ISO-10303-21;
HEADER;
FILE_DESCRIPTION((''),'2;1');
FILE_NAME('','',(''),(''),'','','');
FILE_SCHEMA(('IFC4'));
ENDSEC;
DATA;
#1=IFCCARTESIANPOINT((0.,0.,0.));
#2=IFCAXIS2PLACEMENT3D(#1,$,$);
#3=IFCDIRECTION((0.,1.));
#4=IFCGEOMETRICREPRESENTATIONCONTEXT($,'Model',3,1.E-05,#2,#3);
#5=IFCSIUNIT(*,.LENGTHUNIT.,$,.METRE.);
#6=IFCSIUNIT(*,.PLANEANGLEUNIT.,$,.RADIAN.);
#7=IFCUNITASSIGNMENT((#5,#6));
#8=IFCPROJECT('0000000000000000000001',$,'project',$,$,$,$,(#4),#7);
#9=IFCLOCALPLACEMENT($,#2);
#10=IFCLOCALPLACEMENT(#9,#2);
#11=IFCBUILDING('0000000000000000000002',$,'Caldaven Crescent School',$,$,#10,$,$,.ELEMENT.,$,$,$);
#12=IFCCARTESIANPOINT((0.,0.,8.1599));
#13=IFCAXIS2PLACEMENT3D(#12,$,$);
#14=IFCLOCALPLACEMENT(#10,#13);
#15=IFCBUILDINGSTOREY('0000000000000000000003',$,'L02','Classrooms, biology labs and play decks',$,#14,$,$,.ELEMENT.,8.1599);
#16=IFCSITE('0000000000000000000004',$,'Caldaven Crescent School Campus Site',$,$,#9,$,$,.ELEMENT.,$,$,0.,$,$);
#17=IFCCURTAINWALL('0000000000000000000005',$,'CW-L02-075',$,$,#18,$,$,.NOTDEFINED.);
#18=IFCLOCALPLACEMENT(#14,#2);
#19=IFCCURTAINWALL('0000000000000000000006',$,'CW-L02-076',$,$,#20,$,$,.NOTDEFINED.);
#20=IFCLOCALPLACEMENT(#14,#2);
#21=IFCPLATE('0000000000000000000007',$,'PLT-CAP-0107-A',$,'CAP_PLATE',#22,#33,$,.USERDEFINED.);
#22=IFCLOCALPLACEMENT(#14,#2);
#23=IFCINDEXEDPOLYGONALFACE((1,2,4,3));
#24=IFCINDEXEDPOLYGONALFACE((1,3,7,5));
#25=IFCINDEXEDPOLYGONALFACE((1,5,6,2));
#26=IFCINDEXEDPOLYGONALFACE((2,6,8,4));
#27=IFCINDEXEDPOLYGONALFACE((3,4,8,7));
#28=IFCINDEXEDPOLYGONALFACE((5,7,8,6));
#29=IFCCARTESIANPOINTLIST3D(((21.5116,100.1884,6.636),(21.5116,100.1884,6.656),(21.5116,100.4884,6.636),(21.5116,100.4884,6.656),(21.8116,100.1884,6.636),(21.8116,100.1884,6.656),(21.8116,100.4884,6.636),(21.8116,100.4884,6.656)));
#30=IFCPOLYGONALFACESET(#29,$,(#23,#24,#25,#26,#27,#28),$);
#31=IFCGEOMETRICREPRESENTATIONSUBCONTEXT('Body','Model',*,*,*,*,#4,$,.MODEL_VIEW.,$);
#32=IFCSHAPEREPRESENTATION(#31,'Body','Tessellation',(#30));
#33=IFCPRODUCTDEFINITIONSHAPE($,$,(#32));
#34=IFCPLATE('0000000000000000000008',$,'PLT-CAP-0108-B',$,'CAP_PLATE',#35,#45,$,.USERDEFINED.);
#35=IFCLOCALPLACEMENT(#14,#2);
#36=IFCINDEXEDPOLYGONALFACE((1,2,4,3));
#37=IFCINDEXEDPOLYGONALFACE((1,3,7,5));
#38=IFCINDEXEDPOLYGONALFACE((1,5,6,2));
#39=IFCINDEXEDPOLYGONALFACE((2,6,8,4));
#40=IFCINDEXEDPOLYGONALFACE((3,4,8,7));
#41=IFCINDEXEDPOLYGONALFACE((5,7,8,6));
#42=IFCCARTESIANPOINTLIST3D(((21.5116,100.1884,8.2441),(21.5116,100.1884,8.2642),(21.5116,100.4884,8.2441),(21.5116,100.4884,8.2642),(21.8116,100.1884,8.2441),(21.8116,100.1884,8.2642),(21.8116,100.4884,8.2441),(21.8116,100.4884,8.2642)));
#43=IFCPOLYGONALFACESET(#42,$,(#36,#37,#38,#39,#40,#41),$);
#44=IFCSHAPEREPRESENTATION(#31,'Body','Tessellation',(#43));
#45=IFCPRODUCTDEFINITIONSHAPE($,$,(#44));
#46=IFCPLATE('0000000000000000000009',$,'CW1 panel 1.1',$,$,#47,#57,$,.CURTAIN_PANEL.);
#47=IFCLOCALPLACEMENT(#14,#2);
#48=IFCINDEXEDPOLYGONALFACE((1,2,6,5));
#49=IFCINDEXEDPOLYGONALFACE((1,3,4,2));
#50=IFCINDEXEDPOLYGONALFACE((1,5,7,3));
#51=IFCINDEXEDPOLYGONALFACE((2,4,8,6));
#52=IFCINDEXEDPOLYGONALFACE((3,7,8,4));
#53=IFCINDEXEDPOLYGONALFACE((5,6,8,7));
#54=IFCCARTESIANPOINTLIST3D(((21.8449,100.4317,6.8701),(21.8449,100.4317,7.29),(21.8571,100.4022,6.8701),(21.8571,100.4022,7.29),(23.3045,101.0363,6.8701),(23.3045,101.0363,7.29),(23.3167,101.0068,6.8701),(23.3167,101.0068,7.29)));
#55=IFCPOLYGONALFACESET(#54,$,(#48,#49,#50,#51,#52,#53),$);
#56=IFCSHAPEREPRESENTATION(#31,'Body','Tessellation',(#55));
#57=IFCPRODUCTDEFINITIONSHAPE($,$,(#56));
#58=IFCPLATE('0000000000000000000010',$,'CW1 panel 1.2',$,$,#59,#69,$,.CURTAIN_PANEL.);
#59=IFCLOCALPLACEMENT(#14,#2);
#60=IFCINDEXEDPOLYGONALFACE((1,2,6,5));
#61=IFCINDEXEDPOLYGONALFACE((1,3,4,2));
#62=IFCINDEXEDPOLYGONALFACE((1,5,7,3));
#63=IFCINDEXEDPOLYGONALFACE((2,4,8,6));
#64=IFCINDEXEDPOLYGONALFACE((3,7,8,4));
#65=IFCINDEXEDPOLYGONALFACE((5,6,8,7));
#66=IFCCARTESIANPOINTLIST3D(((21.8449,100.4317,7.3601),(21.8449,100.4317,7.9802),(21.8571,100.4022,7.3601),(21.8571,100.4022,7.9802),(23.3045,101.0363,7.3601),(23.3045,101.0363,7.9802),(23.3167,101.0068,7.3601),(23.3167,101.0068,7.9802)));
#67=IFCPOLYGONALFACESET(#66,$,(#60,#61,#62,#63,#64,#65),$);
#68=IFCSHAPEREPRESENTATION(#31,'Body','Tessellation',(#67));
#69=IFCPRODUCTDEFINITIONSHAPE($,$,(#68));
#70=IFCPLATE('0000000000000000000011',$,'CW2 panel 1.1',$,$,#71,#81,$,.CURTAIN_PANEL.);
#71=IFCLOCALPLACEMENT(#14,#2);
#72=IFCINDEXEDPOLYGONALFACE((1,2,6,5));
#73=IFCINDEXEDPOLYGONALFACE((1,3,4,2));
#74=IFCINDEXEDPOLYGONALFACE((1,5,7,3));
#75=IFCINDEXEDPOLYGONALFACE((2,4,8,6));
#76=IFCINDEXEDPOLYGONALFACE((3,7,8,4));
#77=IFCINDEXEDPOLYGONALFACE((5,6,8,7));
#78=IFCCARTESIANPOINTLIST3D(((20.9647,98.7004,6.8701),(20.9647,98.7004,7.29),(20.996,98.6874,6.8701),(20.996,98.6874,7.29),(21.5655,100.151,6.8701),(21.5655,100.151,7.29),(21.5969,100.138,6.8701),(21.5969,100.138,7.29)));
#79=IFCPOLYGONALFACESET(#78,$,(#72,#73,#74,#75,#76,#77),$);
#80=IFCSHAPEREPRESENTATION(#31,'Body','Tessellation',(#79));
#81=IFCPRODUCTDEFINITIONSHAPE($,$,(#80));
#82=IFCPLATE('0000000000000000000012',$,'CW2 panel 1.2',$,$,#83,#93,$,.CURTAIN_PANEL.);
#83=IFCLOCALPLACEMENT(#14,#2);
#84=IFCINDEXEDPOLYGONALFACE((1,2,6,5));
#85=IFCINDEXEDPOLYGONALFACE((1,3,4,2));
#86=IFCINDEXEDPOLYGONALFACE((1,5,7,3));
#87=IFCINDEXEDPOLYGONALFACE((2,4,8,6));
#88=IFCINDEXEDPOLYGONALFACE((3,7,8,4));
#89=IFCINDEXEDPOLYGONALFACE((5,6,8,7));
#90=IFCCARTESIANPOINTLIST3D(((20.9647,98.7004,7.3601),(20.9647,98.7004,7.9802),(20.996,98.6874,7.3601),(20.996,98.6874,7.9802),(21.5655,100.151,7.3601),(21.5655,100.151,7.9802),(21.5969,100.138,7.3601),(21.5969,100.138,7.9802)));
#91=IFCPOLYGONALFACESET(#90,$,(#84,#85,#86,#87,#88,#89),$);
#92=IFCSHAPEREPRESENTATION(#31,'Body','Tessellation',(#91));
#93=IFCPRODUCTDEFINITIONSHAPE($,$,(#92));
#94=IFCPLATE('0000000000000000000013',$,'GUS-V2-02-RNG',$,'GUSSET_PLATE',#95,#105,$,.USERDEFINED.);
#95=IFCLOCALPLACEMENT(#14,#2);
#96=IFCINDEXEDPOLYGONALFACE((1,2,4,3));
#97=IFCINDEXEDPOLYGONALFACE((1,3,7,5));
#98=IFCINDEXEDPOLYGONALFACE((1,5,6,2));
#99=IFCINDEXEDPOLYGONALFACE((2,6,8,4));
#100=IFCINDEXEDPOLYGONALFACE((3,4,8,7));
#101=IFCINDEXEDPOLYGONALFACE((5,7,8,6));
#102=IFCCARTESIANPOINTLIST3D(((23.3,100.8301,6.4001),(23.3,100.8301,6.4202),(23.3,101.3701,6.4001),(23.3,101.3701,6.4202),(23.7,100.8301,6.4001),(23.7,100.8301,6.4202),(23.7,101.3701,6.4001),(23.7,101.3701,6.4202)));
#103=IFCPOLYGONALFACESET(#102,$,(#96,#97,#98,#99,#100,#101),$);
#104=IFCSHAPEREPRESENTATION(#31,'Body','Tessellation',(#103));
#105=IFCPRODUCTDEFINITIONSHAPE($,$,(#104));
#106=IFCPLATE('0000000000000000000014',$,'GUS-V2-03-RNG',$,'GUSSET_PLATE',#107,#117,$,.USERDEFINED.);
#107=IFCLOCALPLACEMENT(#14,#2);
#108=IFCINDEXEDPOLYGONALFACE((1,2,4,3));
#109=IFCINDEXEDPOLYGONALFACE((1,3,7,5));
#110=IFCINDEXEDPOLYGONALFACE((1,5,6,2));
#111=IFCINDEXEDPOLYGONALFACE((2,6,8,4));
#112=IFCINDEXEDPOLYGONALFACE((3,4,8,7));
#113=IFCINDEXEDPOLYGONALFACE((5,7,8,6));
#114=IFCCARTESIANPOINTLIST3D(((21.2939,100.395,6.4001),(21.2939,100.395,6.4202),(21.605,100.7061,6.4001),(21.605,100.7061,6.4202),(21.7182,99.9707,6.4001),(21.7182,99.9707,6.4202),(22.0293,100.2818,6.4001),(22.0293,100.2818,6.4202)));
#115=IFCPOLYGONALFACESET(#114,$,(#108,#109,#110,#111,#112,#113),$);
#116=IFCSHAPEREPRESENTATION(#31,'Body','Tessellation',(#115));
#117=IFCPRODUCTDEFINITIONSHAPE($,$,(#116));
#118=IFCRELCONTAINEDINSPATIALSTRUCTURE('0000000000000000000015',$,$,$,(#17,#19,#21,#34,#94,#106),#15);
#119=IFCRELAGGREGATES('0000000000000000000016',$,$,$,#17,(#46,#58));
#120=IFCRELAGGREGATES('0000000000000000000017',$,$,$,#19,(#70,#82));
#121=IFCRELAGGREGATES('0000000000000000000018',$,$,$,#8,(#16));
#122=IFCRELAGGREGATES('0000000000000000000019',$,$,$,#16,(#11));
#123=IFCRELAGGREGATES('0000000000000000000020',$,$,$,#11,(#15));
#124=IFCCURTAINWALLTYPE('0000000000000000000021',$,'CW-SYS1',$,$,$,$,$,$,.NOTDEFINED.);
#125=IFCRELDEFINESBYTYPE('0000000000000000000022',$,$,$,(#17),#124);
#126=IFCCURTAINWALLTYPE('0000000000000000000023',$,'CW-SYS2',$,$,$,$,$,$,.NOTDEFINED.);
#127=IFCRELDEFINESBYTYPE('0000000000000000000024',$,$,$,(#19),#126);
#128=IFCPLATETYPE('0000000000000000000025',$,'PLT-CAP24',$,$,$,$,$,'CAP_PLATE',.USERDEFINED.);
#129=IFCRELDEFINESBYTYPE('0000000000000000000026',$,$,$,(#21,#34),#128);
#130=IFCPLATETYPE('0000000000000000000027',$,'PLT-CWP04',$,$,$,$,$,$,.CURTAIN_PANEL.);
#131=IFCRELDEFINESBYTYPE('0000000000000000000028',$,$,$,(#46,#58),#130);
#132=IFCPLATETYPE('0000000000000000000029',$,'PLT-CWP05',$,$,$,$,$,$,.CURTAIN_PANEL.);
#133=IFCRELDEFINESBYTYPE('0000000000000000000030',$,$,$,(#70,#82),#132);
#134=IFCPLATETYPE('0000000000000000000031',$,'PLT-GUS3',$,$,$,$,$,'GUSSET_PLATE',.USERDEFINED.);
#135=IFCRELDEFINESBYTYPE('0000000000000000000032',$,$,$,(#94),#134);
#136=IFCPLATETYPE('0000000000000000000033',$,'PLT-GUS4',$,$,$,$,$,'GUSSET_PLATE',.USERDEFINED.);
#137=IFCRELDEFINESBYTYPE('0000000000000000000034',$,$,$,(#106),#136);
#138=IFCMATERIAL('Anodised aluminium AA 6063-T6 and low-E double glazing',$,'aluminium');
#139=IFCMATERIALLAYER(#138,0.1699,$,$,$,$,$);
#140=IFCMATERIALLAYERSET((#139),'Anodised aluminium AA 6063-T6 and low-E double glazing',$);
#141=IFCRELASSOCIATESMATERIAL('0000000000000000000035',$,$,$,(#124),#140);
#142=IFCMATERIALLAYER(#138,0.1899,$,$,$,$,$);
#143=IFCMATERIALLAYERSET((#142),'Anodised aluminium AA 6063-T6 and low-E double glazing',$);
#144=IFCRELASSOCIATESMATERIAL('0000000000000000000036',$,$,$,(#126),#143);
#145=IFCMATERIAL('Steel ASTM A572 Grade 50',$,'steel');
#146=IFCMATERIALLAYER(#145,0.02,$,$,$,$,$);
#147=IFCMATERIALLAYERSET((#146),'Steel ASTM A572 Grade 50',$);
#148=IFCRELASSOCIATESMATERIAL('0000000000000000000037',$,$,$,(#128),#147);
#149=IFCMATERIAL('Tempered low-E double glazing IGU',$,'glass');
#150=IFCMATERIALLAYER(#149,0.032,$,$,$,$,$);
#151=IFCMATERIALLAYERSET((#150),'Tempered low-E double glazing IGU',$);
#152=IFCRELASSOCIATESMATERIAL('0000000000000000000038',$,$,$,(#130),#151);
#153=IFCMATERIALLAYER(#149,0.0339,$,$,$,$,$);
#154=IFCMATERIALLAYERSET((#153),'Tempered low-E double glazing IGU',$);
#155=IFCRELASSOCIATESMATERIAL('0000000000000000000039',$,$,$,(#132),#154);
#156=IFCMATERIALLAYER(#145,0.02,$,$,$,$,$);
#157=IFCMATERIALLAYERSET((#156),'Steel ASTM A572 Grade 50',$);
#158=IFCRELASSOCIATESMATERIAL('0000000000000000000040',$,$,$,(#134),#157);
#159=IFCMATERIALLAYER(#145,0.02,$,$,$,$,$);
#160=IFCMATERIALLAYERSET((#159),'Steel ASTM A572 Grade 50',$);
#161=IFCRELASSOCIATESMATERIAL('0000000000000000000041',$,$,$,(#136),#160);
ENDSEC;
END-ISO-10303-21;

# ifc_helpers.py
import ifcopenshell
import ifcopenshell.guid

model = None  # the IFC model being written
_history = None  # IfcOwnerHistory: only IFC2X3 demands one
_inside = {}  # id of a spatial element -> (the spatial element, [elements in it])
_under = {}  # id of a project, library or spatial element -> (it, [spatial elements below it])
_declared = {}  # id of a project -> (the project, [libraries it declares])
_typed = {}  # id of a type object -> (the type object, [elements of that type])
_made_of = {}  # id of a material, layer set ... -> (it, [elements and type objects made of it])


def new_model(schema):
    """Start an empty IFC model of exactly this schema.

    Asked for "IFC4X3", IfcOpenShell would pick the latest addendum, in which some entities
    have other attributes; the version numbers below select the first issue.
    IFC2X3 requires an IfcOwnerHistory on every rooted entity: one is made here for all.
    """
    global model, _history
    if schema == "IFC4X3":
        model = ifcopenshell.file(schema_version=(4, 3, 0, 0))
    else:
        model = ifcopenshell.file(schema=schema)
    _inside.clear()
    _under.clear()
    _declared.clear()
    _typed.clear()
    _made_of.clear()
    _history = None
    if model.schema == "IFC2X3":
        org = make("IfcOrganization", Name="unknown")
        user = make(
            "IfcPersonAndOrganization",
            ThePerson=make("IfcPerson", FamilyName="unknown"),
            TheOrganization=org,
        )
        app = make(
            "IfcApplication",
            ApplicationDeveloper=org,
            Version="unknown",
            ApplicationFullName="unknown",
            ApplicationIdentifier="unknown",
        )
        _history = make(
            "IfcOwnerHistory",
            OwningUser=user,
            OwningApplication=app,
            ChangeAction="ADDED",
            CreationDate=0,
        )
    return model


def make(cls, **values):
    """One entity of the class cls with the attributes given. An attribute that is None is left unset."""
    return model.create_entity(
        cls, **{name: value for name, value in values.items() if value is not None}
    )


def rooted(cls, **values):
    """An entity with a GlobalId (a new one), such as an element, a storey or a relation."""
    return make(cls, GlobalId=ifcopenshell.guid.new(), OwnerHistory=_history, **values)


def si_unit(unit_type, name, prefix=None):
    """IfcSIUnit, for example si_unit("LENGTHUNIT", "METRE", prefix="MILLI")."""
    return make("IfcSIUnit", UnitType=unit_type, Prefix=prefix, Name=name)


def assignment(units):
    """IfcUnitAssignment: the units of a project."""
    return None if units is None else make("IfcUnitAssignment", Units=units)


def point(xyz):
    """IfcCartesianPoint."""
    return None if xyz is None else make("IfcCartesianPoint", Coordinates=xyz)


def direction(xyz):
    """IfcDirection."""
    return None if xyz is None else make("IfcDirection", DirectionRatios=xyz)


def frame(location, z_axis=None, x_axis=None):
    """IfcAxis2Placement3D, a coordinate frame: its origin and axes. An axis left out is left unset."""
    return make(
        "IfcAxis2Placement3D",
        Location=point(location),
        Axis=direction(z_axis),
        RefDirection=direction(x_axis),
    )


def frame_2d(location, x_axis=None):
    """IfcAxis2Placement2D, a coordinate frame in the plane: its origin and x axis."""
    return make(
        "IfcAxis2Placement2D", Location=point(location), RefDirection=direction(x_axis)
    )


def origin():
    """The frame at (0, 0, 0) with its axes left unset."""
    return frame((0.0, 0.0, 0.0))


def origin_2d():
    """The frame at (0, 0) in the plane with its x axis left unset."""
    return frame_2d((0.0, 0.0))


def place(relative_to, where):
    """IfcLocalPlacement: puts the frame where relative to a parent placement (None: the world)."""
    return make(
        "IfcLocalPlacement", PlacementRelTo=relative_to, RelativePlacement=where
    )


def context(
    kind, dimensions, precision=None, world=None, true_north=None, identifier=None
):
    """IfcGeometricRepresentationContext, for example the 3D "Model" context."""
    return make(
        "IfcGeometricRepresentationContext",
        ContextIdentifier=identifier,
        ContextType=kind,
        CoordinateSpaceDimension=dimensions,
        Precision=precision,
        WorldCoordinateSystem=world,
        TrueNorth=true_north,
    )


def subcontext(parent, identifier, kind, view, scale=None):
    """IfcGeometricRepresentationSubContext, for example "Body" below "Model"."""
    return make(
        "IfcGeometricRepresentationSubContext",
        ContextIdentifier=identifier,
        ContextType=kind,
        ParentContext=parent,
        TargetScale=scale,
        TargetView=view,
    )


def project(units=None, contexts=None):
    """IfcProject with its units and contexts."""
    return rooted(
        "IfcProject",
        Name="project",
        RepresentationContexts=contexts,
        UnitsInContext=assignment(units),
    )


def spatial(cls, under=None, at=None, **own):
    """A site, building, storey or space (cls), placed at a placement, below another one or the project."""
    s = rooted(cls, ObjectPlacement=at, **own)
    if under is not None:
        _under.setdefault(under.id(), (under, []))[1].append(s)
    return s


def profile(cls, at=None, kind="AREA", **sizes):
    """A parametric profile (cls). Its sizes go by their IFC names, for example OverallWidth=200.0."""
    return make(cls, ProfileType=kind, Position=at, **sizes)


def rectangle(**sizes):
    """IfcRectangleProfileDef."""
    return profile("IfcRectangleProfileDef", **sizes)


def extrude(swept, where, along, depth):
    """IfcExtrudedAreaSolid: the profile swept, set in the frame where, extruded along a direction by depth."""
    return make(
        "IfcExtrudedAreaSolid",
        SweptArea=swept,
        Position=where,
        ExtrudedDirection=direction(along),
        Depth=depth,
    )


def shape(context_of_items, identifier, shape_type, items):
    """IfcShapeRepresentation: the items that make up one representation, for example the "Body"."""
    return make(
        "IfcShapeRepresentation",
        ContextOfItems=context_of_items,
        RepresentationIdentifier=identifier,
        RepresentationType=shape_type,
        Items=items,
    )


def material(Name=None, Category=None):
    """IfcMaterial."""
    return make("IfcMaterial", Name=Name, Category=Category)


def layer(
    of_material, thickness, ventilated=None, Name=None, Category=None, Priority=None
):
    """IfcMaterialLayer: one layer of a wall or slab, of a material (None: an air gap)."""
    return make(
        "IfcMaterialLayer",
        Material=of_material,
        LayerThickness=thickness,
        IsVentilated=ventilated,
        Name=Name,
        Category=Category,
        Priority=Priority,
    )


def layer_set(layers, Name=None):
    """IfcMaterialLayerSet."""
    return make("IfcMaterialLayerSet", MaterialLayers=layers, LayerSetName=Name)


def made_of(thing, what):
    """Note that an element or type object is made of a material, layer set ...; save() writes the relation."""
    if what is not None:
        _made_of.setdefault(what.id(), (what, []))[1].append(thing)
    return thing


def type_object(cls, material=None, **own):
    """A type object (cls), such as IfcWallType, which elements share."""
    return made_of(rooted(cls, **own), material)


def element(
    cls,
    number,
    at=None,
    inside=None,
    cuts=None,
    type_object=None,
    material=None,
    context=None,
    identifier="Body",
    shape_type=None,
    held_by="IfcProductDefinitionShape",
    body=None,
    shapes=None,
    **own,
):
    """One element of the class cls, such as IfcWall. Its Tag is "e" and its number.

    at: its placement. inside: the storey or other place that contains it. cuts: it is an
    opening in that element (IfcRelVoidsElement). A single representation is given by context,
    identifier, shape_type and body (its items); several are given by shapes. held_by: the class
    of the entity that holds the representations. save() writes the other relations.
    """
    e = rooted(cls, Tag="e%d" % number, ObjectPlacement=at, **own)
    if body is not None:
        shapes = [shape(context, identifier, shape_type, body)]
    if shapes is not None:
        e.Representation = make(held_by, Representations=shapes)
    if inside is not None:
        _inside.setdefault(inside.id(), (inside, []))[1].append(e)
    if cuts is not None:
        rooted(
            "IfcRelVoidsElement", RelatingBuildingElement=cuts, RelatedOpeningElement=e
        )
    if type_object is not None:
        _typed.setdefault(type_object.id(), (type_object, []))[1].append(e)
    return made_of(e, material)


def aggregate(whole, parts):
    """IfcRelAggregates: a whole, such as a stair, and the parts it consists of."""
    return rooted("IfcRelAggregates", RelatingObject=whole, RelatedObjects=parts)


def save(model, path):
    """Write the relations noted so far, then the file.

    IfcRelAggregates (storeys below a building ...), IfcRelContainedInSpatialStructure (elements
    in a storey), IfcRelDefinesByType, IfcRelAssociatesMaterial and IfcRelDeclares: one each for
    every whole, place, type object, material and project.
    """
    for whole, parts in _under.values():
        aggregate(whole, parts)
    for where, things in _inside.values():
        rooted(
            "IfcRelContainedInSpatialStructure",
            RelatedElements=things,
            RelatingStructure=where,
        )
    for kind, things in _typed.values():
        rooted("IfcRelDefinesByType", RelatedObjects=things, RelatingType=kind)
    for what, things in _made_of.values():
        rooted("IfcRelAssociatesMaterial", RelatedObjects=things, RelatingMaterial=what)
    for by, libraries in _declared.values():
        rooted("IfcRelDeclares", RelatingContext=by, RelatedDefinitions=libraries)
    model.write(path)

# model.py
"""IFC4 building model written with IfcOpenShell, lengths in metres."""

from ifc_helpers import new_model, si_unit, direction, frame, origin, origin_2d, place, context, subcontext, project, spatial, rectangle, extrude, material, layer, layer_set, type_object, element, aggregate, save


model = new_model("IFC4")

# Units and contexts
model_context = context("Model", 3, precision=1e-05, world=origin(), true_north=direction((0.0, 1.0)))
body_context = subcontext(model_context, "Body", "Model", "MODEL_VIEW")
ifc_project = project(units=[si_unit("LENGTHUNIT", "METRE"), si_unit("PLANEANGLEUNIT", "RADIAN")], contexts=[model_context])

# Site, building, storey
site_placement = place(None, origin())
site = spatial("IfcSite", under=ifc_project, at=site_placement, Name="Caldaven Crescent School Campus Site", CompositionType="ELEMENT", RefElevation=0.0)
building_placement = place(site_placement, origin())
building = spatial("IfcBuilding", under=site, at=building_placement, Name="Caldaven Crescent School", CompositionType="ELEMENT")
storey_placement = place(building_placement, frame((0.0, 0.0, 8.1599)))
storey = spatial("IfcBuildingStorey", under=building, at=storey_placement, Name="L02", Description="Classrooms, biology labs and play decks", CompositionType="ELEMENT", Elevation=8.1599)

# Shared definitions
ifc_material_1 = material(Name="Steel ASTM A572 Grade 50", Category="steel")

# Curtain wall
ifc_material_2 = material(Name="Anodised aluminium AA 6063-T6 and low-E double glazing", Category="aluminium")
ifc_layer_1 = layer(ifc_material_2, 0.1699)
ifc_layer_set_1 = layer_set([ifc_layer_1], Name="Anodised aluminium AA 6063-T6 and low-E double glazing")
curtain_wall_type_1 = type_object("IfcCurtainWallType", Name="CW-SYS1", PredefinedType="NOTDEFINED", material=ifc_layer_set_1)
curtain_wall_1_placement = place(storey_placement, origin())
curtain_wall_1 = element("IfcCurtainWall", 1, at=curtain_wall_1_placement, inside=storey, type_object=curtain_wall_type_1, Name="CW-L02-075", PredefinedType="NOTDEFINED")

# Curtain wall
ifc_layer_2 = layer(ifc_material_2, 0.1899)
ifc_layer_set_2 = layer_set([ifc_layer_2], Name="Anodised aluminium AA 6063-T6 and low-E double glazing")
curtain_wall_type_2 = type_object("IfcCurtainWallType", Name="CW-SYS2", PredefinedType="NOTDEFINED", material=ifc_layer_set_2)
curtain_wall_2_placement = place(storey_placement, origin())
curtain_wall_2 = element("IfcCurtainWall", 2, at=curtain_wall_2_placement, inside=storey, type_object=curtain_wall_type_2, Name="CW-L02-076", PredefinedType="NOTDEFINED")

# Plates
ifc_layer_3 = layer(ifc_material_1, 0.02)
ifc_layer_set_3 = layer_set([ifc_layer_3], Name="Steel ASTM A572 Grade 50")
plate_type_1 = type_object("IfcPlateType", Name="PLT-CAP24", ElementType="CAP_PLATE", PredefinedType="USERDEFINED", material=ifc_layer_set_3)
for number, where, z_axis, x_axis, name in (
    (3, (21.6616, 100.3384, 6.636), (0.0, 0.0, 1.0), (1.0, 0.0, 0.0), "PLT-CAP-0107-A"),
    (4, (21.6616, 100.3384, 8.2441), (0.0, 0.0, 1.0), (1.0, 0.0, 0.0), "PLT-CAP-0108-B"),
):
    element("IfcPlate", number, at=place(storey_placement, frame(where, z_axis=z_axis, x_axis=x_axis)), inside=storey, type_object=plate_type_1, Name=name, ObjectType="CAP_PLATE", PredefinedType="USERDEFINED", context=body_context, shape_type="SweptSolid", body=[
        extrude(rectangle(XDim=0.3, YDim=0.3, at=origin_2d()), origin(), (0.0, 0.0, 1.0), 0.02),
    ])

# Plates
ifc_material_3 = material(Name="Tempered low-E double glazing IGU", Category="glass")
ifc_layer_4 = layer(ifc_material_3, 0.032)
ifc_layer_set_4 = layer_set([ifc_layer_4], Name="Tempered low-E double glazing IGU")
plate_type_2 = type_object("IfcPlateType", Name="PLT-CWP04", PredefinedType="CURTAIN_PANEL", material=ifc_layer_set_4)
plate_1_placement = place(storey_placement, frame((22.5808, 100.7192, 6.8701), z_axis=(0.0, 0.0, 1.0), x_axis=(-0.92388, -0.382683, 0.0)))
plate_1 = element("IfcPlate", 5, at=plate_1_placement, type_object=plate_type_2, Name="CW1 panel 1.1", PredefinedType="CURTAIN_PANEL", context=body_context, shape_type="SweptSolid", body=[
    extrude(rectangle(XDim=1.5798, YDim=0.032, at=origin_2d()), origin(), (0.0, 0.0, 1.0), 0.4199),
])
plate_2_placement = place(storey_placement, frame((22.5808, 100.7192, 7.3601), z_axis=(0.0, 0.0, 1.0), x_axis=(-0.92388, -0.382683, 0.0)))
plate_2 = element("IfcPlate", 6, at=plate_2_placement, type_object=plate_type_2, Name="CW1 panel 1.2", PredefinedType="CURTAIN_PANEL", context=body_context, shape_type="SweptSolid", body=[
    extrude(rectangle(XDim=1.5798, YDim=0.032, at=origin_2d()), origin(), (0.0, 0.0, 1.0), 0.6201),
])
aggregate(curtain_wall_1, [plate_1, plate_2])
ifc_layer_5 = layer(ifc_material_3, 0.0339)
ifc_layer_set_5 = layer_set([ifc_layer_5], Name="Tempered low-E double glazing IGU")
plate_type_3 = type_object("IfcPlateType", Name="PLT-CWP05", PredefinedType="CURTAIN_PANEL", material=ifc_layer_set_5)
plate_3_placement = place(storey_placement, frame((21.2808, 99.4192, 6.8701), z_axis=(0.0, 0.0, 1.0), x_axis=(-0.382683, -0.92388, 0.0)))
plate_3 = element("IfcPlate", 7, at=plate_3_placement, type_object=plate_type_3, Name="CW2 panel 1.1", PredefinedType="CURTAIN_PANEL", context=body_context, shape_type="SweptSolid", body=[
    extrude(rectangle(XDim=1.5701, YDim=0.0339, at=origin_2d()), origin(), (0.0, 0.0, 1.0), 0.4199),
])
plate_4_placement = place(storey_placement, frame((21.2808, 99.4192, 7.3601), z_axis=(0.0, 0.0, 1.0), x_axis=(-0.382683, -0.92388, 0.0)))
plate_4 = element("IfcPlate", 8, at=plate_4_placement, type_object=plate_type_3, Name="CW2 panel 1.2", PredefinedType="CURTAIN_PANEL", context=body_context, shape_type="SweptSolid", body=[
    extrude(rectangle(XDim=1.5701, YDim=0.0339, at=origin_2d()), origin(), (0.0, 0.0, 1.0), 0.6201),
])
aggregate(curtain_wall_2, [plate_3, plate_4])

# Plates
ifc_layer_6 = layer(ifc_material_1, 0.02)
ifc_layer_set_6 = layer_set([ifc_layer_6], Name="Steel ASTM A572 Grade 50")
plate_type_4 = type_object("IfcPlateType", Name="PLT-GUS3", ElementType="GUSSET_PLATE", PredefinedType="USERDEFINED", material=ifc_layer_set_6)
plate_5_placement = place(storey_placement, frame((23.5, 101.1001, 6.4001), z_axis=(0.0, 0.0, 1.0), x_axis=(0.0, 1.0, 0.0)))
element("IfcPlate", 9, at=plate_5_placement, inside=storey, type_object=plate_type_4, Name="GUS-V2-02-RNG", ObjectType="GUSSET_PLATE", PredefinedType="USERDEFINED", context=body_context, shape_type="SweptSolid", body=[
    extrude(rectangle(XDim=0.54, YDim=0.3999, at=origin_2d()), origin(), (0.0, 0.0, 1.0), 0.02),
])
ifc_layer_7 = layer(ifc_material_1, 0.02)
ifc_layer_set_7 = layer_set([ifc_layer_7], Name="Steel ASTM A572 Grade 50")
plate_type_5 = type_object("IfcPlateType", Name="PLT-GUS4", ElementType="GUSSET_PLATE", PredefinedType="USERDEFINED", material=ifc_layer_set_7)
plate_6_placement = place(storey_placement, frame((21.6616, 100.3384, 6.4001), z_axis=(0.0, 0.0, 1.0), x_axis=(-0.707107, 0.707107, 0.0)))
element("IfcPlate", 10, at=plate_6_placement, inside=storey, type_object=plate_type_5, Name="GUS-V2-03-RNG", ObjectType="GUSSET_PLATE", PredefinedType="USERDEFINED", context=body_context, shape_type="SweptSolid", body=[
    extrude(rectangle(XDim=0.6001, YDim=0.4399, at=origin_2d()), origin(), (0.0, 0.0, 1.0), 0.02),
])

save(model, "model.ifc")
